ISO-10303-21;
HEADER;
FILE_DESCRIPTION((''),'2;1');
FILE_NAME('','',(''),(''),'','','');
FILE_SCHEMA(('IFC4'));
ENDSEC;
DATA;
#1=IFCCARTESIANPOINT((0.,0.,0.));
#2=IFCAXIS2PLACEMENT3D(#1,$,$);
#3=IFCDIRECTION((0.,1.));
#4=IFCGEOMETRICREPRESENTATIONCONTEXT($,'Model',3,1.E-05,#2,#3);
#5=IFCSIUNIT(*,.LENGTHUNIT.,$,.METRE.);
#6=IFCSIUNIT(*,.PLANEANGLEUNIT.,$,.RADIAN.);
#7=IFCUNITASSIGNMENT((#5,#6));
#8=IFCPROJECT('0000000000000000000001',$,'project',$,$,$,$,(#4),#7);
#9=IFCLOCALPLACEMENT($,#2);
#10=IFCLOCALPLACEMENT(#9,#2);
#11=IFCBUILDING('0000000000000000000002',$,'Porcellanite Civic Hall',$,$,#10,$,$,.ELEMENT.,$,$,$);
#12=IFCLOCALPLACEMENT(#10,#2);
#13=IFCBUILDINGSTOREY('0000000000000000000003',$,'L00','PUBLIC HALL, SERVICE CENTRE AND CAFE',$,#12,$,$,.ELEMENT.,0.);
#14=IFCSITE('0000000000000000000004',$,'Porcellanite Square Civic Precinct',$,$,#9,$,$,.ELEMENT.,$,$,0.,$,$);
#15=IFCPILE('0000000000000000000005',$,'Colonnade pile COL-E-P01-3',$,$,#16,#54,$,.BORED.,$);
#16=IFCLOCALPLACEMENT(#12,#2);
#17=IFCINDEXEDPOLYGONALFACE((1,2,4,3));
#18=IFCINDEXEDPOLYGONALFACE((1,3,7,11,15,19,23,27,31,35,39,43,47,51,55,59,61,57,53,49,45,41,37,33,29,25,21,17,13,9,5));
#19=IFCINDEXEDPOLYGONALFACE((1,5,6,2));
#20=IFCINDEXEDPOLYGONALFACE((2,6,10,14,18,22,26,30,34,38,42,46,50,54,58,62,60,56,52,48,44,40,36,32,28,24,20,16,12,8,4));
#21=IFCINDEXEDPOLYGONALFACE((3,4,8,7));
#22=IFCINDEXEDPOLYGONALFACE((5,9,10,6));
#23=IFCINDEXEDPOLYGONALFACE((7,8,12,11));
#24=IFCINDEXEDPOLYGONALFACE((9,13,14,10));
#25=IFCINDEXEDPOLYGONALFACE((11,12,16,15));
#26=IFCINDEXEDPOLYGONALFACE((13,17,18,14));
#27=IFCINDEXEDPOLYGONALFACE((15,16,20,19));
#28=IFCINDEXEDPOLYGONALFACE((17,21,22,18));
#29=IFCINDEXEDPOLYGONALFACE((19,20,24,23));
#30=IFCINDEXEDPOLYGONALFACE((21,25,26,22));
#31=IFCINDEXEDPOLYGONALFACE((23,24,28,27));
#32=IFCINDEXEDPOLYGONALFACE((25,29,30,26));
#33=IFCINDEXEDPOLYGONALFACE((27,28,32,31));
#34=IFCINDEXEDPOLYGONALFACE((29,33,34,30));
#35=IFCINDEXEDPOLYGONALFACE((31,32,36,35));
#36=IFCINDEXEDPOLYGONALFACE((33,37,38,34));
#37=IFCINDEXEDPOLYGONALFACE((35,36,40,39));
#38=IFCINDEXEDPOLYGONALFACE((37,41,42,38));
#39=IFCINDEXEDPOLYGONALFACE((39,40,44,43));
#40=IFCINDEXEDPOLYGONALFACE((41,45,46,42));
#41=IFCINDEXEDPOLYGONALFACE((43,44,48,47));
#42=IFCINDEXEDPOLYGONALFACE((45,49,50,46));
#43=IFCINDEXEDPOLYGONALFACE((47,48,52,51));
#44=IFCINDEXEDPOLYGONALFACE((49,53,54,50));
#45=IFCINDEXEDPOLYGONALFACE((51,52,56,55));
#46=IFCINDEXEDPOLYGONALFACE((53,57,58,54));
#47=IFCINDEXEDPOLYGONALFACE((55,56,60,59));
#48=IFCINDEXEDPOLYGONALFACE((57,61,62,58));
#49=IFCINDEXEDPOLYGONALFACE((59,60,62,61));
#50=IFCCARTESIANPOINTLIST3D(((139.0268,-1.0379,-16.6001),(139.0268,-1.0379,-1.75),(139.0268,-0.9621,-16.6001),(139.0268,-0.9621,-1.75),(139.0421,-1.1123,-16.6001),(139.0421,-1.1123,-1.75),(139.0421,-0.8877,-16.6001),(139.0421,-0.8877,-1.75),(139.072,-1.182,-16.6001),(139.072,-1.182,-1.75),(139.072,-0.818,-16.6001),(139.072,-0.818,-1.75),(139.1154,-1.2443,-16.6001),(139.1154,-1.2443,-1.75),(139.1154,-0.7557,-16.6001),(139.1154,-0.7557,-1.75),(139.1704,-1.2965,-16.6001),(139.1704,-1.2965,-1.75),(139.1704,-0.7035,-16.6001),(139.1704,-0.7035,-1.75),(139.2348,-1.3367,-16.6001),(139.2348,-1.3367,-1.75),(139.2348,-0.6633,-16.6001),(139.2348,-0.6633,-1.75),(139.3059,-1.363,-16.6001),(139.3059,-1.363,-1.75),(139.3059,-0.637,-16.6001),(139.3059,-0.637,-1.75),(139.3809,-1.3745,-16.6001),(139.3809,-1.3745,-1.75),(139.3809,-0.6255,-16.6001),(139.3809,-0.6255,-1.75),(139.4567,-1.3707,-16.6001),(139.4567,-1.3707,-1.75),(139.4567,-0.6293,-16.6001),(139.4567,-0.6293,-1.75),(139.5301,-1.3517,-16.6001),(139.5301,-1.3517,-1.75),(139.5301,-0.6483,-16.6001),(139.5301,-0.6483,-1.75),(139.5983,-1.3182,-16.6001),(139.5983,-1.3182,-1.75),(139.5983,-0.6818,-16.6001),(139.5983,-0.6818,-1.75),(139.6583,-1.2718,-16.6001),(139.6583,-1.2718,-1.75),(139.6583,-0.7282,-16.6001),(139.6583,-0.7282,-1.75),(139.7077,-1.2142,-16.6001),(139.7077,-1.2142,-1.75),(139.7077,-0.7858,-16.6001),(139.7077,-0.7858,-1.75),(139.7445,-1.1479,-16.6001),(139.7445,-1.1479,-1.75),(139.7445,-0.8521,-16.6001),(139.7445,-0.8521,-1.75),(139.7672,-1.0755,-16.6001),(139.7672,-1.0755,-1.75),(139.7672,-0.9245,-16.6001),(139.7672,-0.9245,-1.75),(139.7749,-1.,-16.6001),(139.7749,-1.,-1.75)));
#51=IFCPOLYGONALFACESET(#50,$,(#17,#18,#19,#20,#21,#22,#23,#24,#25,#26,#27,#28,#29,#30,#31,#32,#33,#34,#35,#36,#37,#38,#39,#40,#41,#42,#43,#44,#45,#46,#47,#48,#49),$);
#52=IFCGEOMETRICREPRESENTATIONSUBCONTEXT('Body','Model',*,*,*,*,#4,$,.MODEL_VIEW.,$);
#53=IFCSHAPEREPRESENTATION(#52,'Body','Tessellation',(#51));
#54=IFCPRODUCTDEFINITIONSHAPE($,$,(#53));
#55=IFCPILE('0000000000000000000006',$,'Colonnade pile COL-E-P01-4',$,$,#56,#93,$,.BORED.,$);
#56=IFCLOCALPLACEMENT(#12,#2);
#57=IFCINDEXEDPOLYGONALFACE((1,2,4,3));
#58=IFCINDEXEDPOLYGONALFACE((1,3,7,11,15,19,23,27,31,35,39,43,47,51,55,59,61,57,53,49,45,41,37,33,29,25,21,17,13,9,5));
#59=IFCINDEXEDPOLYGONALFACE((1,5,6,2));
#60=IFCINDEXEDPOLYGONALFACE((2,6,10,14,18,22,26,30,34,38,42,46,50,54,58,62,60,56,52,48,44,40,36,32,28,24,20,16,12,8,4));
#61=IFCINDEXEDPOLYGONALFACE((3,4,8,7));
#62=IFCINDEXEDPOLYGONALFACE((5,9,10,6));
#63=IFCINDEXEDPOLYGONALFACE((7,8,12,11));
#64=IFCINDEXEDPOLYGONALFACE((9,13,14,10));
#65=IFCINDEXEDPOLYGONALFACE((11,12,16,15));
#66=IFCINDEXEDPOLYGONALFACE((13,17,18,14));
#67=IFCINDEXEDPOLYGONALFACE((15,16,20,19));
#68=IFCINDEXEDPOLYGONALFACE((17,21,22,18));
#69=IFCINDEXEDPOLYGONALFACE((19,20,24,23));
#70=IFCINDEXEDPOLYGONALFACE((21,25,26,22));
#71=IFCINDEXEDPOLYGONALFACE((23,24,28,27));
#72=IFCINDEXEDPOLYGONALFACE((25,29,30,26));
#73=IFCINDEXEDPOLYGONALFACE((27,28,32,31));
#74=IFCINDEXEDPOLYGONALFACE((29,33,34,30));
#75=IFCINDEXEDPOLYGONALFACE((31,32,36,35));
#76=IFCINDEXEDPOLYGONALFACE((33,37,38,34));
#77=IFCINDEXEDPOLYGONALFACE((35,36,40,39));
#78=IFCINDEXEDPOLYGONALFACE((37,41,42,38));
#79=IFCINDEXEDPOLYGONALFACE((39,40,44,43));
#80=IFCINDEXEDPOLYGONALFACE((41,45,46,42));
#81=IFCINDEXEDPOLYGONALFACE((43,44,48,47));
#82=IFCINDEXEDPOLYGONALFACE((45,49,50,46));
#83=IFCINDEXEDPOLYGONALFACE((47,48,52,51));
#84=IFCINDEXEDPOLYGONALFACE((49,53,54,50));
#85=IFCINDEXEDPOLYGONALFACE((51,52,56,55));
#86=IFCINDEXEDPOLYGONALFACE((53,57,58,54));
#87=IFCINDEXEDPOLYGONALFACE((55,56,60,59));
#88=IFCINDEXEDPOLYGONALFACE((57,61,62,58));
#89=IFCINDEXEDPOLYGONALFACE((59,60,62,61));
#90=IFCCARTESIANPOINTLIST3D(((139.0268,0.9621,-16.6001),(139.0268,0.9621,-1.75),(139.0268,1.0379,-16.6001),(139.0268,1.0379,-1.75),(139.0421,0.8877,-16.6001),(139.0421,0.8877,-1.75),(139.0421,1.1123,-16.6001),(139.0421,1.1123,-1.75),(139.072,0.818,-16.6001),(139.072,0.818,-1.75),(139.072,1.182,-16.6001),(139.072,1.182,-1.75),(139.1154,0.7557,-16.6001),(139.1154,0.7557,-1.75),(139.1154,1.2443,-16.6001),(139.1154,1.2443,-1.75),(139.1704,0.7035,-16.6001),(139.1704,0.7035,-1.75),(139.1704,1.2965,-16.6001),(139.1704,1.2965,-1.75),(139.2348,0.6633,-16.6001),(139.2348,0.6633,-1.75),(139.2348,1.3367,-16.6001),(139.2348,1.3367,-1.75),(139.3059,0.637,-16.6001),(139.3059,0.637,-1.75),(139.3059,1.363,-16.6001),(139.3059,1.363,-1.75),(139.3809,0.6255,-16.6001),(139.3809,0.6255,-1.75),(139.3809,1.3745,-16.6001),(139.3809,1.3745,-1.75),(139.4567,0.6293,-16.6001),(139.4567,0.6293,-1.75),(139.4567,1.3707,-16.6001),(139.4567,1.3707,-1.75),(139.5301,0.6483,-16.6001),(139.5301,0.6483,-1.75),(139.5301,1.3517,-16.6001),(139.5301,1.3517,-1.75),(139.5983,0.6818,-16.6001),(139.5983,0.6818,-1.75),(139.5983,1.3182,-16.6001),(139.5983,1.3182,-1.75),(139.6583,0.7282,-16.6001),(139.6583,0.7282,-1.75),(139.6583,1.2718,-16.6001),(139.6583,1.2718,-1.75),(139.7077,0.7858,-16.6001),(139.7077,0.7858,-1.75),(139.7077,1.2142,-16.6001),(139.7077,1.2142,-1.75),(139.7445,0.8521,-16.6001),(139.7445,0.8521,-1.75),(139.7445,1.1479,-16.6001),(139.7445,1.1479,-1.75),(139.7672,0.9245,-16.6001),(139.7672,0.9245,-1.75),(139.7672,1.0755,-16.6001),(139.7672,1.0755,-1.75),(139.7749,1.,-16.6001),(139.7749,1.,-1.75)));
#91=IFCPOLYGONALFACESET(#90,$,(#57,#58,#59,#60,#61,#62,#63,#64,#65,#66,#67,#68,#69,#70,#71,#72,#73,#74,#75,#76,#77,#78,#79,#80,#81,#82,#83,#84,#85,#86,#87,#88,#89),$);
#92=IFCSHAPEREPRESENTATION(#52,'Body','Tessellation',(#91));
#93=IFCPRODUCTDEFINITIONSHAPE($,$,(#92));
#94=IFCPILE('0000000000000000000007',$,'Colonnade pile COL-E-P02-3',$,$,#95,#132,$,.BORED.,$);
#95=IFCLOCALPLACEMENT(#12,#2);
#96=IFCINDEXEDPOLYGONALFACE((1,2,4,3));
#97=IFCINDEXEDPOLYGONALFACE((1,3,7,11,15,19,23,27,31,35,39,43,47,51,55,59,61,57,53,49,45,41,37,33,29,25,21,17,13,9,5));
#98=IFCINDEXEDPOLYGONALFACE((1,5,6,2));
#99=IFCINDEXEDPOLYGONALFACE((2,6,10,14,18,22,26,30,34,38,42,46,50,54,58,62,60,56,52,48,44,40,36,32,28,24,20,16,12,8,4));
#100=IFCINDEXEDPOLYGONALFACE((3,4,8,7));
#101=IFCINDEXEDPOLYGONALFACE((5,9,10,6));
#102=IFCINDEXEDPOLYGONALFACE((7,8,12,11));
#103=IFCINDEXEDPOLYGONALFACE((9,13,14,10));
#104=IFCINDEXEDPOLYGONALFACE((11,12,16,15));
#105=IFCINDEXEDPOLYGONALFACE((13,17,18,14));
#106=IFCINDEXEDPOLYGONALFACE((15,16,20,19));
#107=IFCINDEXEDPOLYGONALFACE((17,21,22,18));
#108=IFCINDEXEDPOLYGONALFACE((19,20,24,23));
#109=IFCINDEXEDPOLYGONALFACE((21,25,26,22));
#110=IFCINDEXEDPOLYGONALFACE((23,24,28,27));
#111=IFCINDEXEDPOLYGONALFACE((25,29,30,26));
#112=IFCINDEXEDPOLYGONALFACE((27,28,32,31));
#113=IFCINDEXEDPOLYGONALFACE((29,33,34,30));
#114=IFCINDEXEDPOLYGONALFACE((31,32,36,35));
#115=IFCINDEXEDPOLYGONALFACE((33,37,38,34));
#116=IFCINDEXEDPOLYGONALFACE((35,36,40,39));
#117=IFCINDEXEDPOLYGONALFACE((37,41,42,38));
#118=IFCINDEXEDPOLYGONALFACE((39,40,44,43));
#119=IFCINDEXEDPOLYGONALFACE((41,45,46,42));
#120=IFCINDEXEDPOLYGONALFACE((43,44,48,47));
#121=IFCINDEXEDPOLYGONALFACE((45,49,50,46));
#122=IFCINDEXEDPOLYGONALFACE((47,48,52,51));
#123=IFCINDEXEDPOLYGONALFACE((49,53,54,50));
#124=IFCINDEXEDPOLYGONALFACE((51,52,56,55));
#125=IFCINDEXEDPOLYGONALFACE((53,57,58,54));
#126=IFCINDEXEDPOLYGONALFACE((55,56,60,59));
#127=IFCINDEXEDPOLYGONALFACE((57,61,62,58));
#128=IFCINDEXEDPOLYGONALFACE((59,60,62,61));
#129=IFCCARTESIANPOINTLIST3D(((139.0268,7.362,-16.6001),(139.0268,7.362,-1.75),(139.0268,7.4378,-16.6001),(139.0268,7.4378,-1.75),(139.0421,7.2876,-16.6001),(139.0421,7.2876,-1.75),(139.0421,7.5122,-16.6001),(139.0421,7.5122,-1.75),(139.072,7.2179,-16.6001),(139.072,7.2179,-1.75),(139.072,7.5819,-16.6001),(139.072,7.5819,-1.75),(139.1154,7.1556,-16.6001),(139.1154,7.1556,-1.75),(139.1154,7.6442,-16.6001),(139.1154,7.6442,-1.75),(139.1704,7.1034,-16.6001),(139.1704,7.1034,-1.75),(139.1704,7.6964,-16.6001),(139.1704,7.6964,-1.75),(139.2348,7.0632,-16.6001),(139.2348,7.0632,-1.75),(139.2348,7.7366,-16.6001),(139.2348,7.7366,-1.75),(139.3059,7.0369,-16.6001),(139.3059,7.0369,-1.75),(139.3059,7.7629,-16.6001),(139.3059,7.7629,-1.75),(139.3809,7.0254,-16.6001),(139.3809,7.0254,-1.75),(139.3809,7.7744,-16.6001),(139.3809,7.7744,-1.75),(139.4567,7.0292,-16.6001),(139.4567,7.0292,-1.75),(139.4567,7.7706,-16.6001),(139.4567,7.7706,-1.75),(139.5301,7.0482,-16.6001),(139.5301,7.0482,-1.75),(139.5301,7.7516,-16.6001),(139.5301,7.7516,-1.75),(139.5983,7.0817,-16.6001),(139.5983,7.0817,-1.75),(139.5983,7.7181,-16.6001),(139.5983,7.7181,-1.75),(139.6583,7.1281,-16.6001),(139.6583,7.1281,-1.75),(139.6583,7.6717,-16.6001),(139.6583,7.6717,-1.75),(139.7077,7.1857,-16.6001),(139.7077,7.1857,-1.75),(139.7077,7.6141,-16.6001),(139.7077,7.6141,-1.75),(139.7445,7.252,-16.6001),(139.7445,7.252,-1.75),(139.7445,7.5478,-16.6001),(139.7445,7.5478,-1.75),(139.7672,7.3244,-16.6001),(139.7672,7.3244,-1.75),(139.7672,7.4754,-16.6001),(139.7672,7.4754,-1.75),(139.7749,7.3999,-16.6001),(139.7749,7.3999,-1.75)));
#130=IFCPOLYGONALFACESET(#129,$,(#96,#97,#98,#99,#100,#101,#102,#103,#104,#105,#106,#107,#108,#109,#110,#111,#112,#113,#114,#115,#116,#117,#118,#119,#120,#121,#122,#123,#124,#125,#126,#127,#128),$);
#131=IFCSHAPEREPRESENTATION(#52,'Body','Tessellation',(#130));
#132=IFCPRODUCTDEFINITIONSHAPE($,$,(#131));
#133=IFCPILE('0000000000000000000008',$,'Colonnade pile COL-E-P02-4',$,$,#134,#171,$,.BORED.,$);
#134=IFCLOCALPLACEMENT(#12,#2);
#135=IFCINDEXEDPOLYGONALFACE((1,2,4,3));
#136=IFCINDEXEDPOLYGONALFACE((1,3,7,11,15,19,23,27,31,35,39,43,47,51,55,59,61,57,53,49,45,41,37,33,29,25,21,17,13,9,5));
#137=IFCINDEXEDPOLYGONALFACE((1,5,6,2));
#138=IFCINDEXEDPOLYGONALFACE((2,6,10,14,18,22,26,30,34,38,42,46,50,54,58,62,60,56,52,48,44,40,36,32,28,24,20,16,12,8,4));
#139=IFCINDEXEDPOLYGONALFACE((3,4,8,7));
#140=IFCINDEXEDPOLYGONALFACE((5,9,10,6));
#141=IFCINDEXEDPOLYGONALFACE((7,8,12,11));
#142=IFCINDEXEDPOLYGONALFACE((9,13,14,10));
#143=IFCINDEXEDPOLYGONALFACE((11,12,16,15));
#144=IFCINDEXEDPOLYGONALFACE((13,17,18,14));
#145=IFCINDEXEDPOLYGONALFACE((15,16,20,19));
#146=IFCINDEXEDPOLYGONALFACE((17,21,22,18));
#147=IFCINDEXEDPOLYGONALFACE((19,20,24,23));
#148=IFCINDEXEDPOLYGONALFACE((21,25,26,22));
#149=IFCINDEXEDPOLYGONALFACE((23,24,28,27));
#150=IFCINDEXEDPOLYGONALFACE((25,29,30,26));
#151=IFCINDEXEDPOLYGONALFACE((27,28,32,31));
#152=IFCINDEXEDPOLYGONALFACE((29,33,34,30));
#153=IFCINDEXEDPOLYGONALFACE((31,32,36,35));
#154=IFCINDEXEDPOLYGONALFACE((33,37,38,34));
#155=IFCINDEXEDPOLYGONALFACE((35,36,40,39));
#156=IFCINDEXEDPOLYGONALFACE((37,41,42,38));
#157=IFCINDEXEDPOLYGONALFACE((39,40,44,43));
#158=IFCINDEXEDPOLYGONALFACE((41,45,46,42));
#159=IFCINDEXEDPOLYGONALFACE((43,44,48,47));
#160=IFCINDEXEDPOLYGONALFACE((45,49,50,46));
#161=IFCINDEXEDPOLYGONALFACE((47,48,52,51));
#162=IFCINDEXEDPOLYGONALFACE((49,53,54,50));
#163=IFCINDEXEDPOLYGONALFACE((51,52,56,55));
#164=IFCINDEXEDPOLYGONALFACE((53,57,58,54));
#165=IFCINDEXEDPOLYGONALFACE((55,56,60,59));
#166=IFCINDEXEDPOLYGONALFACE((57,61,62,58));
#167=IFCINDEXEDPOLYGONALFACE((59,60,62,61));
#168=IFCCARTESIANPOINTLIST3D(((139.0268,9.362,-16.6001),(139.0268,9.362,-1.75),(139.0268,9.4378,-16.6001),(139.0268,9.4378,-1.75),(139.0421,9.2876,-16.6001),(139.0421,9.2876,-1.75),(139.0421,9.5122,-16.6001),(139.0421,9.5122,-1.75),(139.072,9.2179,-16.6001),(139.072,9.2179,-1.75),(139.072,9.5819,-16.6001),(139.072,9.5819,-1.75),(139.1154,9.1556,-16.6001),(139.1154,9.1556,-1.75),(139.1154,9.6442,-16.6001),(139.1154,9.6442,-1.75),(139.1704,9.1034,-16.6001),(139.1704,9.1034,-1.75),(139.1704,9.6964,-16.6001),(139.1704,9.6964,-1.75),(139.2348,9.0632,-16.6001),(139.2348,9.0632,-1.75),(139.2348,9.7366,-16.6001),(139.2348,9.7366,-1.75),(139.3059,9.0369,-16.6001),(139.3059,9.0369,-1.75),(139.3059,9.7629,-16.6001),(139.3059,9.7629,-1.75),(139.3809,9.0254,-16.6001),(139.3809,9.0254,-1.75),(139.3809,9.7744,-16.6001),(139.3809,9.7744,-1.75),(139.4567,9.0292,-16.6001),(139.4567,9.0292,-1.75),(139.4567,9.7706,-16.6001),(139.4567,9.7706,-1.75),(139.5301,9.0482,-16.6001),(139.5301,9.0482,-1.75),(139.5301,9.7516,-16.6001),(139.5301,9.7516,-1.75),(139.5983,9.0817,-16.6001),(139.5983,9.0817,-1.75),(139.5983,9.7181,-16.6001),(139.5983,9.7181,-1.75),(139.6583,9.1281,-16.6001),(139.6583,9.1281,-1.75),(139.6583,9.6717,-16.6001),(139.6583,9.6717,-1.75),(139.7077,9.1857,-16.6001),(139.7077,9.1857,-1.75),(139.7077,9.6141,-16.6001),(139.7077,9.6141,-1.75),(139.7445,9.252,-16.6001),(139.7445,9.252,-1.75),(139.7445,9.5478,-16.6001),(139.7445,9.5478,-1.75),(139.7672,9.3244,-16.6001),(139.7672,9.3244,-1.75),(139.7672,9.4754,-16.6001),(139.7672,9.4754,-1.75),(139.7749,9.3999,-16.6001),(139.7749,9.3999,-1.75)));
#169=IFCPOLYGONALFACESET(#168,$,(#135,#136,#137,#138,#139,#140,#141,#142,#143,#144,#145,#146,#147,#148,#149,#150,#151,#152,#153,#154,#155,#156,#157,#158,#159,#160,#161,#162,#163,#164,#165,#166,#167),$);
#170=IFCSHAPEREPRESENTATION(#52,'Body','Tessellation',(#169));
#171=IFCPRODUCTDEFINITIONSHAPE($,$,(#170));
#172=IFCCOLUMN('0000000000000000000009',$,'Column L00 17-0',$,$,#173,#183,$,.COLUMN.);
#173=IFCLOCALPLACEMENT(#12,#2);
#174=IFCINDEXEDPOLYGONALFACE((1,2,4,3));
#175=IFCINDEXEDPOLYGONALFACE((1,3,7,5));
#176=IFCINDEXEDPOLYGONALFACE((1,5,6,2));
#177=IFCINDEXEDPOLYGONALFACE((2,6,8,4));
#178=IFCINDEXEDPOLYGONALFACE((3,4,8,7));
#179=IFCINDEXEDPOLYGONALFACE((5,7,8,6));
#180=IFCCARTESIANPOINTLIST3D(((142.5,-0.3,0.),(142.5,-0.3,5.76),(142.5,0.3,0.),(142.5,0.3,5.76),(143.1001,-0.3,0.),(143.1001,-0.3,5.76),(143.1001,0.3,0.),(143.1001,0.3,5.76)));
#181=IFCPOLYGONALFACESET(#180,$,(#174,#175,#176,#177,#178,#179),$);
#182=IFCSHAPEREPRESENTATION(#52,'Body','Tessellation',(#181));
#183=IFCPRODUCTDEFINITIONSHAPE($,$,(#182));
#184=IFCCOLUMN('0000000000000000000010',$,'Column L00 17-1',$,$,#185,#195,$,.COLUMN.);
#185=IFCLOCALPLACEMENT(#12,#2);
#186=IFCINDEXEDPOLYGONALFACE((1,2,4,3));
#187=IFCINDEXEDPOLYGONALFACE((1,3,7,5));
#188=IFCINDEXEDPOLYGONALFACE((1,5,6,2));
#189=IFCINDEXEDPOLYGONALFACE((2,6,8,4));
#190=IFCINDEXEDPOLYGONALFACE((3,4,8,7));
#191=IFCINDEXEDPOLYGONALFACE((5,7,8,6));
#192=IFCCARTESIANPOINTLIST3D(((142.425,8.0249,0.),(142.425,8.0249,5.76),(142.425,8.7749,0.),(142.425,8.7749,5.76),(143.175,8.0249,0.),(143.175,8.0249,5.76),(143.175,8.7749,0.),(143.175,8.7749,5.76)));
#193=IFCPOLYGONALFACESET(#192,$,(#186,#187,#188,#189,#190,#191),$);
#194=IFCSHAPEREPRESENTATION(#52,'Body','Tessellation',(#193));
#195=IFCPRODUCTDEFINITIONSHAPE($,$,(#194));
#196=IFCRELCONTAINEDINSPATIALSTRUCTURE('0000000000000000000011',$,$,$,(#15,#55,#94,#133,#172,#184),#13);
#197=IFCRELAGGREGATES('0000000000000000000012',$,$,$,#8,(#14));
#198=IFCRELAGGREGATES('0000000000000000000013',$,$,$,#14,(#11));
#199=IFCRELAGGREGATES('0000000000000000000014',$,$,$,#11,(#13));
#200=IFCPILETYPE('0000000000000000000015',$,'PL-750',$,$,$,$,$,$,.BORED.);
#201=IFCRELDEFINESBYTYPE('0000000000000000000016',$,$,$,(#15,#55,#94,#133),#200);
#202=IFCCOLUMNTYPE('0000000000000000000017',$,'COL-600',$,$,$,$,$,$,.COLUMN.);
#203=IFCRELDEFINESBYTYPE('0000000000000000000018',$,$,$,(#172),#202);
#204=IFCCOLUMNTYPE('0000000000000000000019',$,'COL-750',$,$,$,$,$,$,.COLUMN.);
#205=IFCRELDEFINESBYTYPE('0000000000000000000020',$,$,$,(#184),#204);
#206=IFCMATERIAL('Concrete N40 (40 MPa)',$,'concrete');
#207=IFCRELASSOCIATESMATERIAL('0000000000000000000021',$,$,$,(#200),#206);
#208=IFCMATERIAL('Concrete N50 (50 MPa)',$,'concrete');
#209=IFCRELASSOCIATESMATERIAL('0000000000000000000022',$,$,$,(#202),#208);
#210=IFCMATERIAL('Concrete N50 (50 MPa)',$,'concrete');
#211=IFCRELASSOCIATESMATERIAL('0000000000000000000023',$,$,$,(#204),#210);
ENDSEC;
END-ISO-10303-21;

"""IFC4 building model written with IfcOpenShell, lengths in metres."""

from ifc_helpers import new_model, si_unit, direction, frame, origin, origin_2d, place, context, subcontext, project, spatial, rectangle, circle, extrude, material, material_profile, profile_set, type_object, element, save


model = new_model("IFC4")

# Units and contexts
model_context = context("Model", 3, precision=1e-05, world=origin(), true_north=direction((0.0, 1.0)))
body_context = subcontext(model_context, "Body", "Model", "MODEL_VIEW")
ifc_project = project(units=[si_unit("LENGTHUNIT", "METRE"), si_unit("PLANEANGLEUNIT", "RADIAN")], contexts=[model_context])

# Site, building, storey
site_placement = place(None, origin())
site = spatial("IfcSite", under=ifc_project, at=site_placement, Name="Porcellanite Square Civic Precinct", CompositionType="ELEMENT", RefElevation=0.0)
building_placement = place(site_placement, origin())
building = spatial("IfcBuilding", under=site, at=building_placement, Name="Porcellanite Civic Hall", CompositionType="ELEMENT")
storey_placement = place(building_placement, origin())
storey = spatial("IfcBuildingStorey", under=building, at=storey_placement, Name="L00", Description="PUBLIC HALL, SERVICE CENTRE AND CAFE", CompositionType="ELEMENT", Elevation=0.0)

# Piles
ifc_material_1 = material(Name="Concrete N40 (40 MPa)", Category="concrete")
ifc_material_profile_1 = material_profile(ifc_material_1, circle(Radius=0.375, at=origin_2d()), Name="PILE-D750")
ifc_profile_set_1 = profile_set([ifc_material_profile_1], Name="Concrete N40 (40 MPa)")
pile_type = type_object("IfcPileType", Name="PL-750", PredefinedType="BORED", material=ifc_profile_set_1)
for number, where, z_axis, x_axis, name in (
    (1, (139.3999, -1.0, -1.75), (0.0, 0.0, -1.0), (1.0, 0.0, 0.0), "Colonnade pile COL-E-P01-3"),
    (2, (139.3999, 1.0, -1.75), (0.0, 0.0, -1.0), (1.0, 0.0, 0.0), "Colonnade pile COL-E-P01-4"),
    (3, (139.3999, 7.3999, -1.75), (0.0, 0.0, -1.0), (1.0, 0.0, 0.0), "Colonnade pile COL-E-P02-3"),
    (4, (139.3999, 9.3999, -1.75), (0.0, 0.0, -1.0), (1.0, 0.0, 0.0), "Colonnade pile COL-E-P02-4"),
):
    element("IfcPile", number, at=place(storey_placement, frame(where, z_axis=z_axis, x_axis=x_axis)), inside=storey, type_object=pile_type, Name=name, PredefinedType="BORED", context=body_context, shape_type="SweptSolid", body=[
        extrude(circle(Radius=0.375, at=origin_2d()), origin(), (0.0, 0.0, 1.0), 14.8501),
    ])

# Columns
ifc_material_2 = material(Name="Concrete N50 (50 MPa)", Category="concrete")
ifc_material_profile_2 = material_profile(ifc_material_2, rectangle(XDim=0.6001, YDim=0.6001, at=origin_2d()), Name="RC-600x600")
ifc_profile_set_2 = profile_set([ifc_material_profile_2], Name="Concrete N50 (50 MPa)")
column_type_1 = type_object("IfcColumnType", Name="COL-600", PredefinedType="COLUMN", material=ifc_profile_set_2)
column_1_placement = place(storey_placement, frame((142.8, 0.0, 0.0), z_axis=(0.0, 0.0, 1.0), x_axis=(1.0, 0.0, 0.0)))
element("IfcColumn", 5, at=column_1_placement, inside=storey, type_object=column_type_1, Name="Column L00 17-0", PredefinedType="COLUMN", context=body_context, shape_type="SweptSolid", body=[
    extrude(rectangle(XDim=0.6001, YDim=0.6001, at=origin_2d()), origin(), (0.0, 0.0, 1.0), 5.76),
])
ifc_material_3 = material(Name="Concrete N50 (50 MPa)", Category="concrete")
ifc_material_profile_3 = material_profile(ifc_material_3, rectangle(XDim=0.75, YDim=0.75, at=origin_2d()), Name="RC-750x750")
ifc_profile_set_3 = profile_set([ifc_material_profile_3], Name="Concrete N50 (50 MPa)")
column_type_2 = type_object("IfcColumnType", Name="COL-750", PredefinedType="COLUMN", material=ifc_profile_set_3)
column_2_placement = place(storey_placement, frame((142.8, 8.3999, 0.0), z_axis=(0.0, 0.0, 1.0), x_axis=(1.0, 0.0, 0.0)))
element("IfcColumn", 6, at=column_2_placement, inside=storey, type_object=column_type_2, Name="Column L00 17-1", PredefinedType="COLUMN", context=body_context, shape_type="SweptSolid", body=[
    extrude(rectangle(XDim=0.75, YDim=0.75, at=origin_2d()), origin(), (0.0, 0.0, 1.0), 5.76),
])

save(model, "model.ifc")
